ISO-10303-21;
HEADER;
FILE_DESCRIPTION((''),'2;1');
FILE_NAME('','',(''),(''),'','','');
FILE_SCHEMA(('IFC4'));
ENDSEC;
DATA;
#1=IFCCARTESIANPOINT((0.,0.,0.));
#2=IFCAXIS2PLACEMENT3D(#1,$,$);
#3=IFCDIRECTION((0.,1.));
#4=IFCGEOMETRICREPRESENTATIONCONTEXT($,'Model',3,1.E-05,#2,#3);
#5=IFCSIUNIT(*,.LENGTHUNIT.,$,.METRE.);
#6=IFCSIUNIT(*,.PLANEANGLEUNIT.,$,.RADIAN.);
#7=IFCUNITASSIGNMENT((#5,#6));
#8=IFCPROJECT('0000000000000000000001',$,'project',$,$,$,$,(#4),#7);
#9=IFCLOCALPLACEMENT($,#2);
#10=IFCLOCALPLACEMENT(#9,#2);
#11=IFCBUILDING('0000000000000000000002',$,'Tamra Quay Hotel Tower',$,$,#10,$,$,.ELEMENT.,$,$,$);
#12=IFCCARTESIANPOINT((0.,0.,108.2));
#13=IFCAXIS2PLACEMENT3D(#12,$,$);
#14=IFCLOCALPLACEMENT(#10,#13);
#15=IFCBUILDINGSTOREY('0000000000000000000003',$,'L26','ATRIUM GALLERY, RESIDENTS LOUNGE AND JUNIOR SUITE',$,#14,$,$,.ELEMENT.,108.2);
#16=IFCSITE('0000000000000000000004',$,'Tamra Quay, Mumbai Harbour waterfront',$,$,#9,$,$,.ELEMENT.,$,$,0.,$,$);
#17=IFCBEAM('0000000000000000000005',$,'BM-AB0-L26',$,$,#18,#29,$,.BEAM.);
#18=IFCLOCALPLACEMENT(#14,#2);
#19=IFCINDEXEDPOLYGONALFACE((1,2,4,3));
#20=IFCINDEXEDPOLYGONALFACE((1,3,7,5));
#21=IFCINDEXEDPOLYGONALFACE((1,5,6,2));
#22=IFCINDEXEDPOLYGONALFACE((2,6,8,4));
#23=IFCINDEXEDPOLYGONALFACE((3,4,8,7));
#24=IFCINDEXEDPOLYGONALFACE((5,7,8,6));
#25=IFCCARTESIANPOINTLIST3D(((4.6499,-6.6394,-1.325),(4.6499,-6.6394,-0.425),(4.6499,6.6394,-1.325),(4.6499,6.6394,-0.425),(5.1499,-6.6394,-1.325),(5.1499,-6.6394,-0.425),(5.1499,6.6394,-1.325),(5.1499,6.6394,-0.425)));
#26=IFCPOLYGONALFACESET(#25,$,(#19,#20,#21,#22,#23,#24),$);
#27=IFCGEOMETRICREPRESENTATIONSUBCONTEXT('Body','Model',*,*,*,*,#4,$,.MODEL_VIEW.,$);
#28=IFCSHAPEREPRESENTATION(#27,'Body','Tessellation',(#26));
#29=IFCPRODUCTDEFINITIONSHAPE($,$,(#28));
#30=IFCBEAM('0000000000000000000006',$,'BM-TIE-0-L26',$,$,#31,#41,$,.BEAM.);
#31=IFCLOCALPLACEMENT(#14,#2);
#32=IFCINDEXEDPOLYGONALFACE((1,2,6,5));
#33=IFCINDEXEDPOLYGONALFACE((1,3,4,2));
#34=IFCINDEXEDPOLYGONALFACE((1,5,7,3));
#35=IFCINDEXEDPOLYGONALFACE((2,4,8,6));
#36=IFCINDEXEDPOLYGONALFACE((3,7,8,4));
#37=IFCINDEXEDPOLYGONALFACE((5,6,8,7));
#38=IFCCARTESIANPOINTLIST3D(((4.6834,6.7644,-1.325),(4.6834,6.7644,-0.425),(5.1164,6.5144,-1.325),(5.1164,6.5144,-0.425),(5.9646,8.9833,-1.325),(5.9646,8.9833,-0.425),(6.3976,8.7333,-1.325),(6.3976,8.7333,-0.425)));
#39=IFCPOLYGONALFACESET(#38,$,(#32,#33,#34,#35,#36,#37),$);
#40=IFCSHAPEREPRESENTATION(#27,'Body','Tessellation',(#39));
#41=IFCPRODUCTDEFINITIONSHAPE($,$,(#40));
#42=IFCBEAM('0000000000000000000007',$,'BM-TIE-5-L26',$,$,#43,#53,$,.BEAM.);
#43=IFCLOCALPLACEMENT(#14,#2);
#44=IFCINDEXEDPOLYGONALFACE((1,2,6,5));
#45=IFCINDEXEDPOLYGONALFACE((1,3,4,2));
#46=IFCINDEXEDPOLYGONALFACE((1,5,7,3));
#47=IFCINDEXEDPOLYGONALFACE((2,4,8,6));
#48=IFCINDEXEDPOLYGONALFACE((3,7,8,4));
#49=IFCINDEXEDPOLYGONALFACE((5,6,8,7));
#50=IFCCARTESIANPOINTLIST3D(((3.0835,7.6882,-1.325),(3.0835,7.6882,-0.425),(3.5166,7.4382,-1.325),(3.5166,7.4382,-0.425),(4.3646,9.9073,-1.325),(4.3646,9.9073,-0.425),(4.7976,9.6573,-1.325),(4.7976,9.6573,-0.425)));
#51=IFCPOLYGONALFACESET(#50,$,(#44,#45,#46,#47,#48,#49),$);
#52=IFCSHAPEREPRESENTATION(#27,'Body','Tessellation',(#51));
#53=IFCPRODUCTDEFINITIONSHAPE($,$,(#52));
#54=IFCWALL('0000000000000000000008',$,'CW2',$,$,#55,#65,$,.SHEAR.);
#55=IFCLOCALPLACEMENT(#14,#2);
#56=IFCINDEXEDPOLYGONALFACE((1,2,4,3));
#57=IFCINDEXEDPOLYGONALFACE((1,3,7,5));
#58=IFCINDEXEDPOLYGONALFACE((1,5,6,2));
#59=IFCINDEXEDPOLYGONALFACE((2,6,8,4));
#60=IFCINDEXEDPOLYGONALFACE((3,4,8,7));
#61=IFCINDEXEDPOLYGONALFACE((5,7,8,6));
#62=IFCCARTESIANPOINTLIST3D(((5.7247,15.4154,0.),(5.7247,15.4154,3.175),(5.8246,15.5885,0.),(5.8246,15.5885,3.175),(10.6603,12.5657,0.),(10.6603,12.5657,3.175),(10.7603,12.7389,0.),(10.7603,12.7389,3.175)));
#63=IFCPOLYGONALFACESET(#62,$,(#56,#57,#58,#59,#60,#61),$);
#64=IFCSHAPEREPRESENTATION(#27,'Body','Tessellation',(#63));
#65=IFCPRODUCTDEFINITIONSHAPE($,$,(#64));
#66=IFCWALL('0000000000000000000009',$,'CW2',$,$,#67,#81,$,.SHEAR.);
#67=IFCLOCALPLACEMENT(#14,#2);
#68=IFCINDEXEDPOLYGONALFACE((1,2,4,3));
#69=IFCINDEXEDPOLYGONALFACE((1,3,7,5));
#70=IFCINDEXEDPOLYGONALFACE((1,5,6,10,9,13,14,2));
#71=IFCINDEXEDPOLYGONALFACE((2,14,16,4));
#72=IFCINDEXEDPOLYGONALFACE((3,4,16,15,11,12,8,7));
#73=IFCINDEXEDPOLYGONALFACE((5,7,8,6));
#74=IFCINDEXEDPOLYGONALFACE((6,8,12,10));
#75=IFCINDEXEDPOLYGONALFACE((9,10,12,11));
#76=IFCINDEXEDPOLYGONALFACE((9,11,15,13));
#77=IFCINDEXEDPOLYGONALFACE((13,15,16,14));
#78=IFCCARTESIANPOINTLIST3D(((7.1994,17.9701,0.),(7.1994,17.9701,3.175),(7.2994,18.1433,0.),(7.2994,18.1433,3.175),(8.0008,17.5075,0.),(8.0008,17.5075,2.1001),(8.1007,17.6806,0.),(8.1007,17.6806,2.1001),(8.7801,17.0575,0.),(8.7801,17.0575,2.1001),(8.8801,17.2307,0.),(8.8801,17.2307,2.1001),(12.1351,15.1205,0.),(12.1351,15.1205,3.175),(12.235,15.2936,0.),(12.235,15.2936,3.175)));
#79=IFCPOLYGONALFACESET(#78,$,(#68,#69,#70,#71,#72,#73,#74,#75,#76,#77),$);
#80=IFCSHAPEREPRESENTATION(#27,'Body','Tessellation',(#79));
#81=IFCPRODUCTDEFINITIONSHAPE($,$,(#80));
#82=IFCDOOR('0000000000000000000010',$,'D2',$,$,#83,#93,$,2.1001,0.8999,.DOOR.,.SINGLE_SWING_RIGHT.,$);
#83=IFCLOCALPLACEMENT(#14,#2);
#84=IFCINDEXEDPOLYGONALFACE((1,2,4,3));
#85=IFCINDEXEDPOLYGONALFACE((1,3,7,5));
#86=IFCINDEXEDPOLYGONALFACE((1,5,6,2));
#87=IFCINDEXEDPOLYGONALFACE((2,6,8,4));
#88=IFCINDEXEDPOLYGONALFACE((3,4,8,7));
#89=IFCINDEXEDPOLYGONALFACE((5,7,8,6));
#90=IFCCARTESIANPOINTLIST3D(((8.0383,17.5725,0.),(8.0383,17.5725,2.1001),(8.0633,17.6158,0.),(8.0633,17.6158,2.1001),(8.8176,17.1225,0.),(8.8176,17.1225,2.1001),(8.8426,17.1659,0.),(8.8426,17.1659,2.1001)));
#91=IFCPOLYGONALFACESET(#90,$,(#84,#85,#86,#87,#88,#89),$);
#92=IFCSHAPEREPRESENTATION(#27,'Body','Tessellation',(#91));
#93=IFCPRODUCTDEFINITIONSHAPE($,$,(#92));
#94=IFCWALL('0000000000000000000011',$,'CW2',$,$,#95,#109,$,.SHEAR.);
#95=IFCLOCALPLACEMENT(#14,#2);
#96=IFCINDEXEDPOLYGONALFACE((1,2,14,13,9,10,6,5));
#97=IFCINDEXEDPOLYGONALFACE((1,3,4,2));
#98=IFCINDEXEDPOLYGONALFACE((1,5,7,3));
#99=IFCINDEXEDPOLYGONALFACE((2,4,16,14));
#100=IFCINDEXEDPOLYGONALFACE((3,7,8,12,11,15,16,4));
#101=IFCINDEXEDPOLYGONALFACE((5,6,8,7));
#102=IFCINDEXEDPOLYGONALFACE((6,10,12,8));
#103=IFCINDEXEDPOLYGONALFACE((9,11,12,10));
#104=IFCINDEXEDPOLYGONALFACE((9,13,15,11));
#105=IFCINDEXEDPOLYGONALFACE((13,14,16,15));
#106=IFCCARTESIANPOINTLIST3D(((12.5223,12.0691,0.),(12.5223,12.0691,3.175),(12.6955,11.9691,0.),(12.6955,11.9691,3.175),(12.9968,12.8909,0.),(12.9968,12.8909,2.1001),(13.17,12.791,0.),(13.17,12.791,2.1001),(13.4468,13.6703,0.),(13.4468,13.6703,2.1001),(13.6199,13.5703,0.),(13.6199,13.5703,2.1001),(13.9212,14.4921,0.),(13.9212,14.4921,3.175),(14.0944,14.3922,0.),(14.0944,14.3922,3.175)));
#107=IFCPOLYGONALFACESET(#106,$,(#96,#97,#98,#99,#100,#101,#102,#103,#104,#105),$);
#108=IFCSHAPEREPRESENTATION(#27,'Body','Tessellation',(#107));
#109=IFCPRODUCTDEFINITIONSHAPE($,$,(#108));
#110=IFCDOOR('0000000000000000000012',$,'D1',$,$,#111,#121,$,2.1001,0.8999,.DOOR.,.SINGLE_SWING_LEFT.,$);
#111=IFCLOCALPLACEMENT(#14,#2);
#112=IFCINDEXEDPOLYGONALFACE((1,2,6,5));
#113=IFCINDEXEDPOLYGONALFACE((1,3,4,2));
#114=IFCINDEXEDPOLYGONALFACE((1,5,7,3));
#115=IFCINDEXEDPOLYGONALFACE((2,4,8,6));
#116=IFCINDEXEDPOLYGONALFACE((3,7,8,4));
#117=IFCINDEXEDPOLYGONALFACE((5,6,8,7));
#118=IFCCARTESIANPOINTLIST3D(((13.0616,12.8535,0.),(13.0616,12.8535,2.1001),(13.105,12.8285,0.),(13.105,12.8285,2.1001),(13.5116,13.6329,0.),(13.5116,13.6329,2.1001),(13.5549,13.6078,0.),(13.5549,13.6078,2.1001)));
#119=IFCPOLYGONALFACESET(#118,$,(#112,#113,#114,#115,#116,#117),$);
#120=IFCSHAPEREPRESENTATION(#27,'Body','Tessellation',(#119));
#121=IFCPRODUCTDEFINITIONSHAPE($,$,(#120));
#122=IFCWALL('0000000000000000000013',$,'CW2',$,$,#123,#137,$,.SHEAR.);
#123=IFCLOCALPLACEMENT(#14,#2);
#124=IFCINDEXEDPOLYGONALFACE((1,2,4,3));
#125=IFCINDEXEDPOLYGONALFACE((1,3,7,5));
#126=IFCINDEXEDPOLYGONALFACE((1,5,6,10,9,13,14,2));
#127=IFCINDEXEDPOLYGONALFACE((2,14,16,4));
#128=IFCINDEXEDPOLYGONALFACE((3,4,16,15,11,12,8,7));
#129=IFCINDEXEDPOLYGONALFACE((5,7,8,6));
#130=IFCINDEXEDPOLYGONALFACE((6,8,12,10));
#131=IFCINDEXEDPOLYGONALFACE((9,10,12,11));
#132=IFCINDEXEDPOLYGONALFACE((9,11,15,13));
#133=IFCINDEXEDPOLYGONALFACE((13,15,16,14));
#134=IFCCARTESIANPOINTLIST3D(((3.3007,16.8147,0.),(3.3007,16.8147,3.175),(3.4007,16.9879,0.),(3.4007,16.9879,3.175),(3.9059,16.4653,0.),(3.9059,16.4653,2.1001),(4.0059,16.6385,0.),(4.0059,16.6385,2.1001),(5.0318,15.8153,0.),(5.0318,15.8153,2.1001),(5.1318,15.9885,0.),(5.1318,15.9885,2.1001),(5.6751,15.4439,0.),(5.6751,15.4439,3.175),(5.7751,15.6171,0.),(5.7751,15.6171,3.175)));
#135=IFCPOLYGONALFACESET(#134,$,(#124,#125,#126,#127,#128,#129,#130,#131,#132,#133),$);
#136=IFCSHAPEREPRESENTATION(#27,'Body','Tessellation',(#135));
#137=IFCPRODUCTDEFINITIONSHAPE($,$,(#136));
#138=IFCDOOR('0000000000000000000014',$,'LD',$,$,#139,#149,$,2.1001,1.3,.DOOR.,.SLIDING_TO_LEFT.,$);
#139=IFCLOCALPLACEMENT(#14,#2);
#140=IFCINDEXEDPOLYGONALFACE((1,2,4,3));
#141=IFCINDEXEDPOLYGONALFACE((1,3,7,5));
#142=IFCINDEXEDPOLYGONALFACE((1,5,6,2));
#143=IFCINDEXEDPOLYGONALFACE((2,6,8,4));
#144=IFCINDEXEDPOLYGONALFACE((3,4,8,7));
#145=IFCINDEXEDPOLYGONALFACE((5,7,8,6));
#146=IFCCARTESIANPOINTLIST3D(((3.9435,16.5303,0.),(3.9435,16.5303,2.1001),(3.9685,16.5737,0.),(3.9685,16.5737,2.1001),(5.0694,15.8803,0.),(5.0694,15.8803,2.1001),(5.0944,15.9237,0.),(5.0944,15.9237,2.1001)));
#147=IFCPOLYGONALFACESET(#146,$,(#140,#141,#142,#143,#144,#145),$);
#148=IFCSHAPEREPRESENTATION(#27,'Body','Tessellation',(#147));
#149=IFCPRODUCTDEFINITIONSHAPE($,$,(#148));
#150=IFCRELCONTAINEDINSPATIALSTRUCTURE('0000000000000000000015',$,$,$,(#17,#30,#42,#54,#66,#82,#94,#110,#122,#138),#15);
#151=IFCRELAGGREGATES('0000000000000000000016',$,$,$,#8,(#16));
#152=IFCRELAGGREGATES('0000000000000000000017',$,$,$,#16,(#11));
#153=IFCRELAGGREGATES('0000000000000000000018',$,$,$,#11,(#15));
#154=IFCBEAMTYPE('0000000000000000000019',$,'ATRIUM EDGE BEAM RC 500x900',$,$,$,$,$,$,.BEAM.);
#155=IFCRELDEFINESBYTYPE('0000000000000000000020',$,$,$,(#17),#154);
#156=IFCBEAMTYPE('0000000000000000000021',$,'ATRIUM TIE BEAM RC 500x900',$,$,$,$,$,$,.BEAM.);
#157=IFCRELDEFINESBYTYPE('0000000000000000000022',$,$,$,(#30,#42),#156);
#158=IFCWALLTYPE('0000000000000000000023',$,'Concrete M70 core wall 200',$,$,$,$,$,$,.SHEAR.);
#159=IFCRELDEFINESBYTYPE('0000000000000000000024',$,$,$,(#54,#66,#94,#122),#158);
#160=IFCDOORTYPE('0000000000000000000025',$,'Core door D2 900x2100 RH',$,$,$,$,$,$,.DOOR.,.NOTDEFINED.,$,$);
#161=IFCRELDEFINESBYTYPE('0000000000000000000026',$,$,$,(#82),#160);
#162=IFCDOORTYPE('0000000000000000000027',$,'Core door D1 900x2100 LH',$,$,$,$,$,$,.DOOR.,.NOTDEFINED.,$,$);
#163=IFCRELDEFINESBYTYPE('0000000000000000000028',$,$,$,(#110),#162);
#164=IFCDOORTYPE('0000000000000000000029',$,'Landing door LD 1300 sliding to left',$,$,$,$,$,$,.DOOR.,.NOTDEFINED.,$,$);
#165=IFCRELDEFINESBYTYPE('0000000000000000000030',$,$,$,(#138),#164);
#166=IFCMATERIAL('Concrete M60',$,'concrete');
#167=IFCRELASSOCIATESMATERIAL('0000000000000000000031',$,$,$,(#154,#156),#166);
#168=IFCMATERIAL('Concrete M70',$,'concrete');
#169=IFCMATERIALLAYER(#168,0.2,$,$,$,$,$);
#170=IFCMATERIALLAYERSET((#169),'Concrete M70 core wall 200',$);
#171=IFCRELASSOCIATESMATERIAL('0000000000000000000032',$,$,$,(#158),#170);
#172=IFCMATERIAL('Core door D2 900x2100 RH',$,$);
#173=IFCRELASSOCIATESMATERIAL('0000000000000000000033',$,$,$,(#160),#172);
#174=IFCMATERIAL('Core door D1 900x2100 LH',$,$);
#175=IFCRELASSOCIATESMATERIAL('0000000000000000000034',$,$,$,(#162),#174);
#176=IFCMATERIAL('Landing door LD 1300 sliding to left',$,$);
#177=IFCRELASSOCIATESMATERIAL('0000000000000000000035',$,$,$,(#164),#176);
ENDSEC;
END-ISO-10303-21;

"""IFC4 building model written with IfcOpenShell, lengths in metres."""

from ifc_helpers import new_model, si_unit, direction, frame, frame_2d, origin, origin_2d, place, context, subcontext, project, spatial, rectangle, extrude, material, layer, layer_set, material_profile, profile_set, type_object, element, fill, save


model = new_model("IFC4")

# Units and contexts
model_context = context("Model", 3, precision=1e-05, world=origin(), true_north=direction((0.0, 1.0)))
body_context = subcontext(model_context, "Body", "Model", "MODEL_VIEW")
ifc_project = project(units=[si_unit("LENGTHUNIT", "METRE"), si_unit("PLANEANGLEUNIT", "RADIAN")], contexts=[model_context])

# Site, building, storey
site_placement = place(None, origin())
site = spatial("IfcSite", under=ifc_project, at=site_placement, Name="Tamra Quay, Mumbai Harbour waterfront", CompositionType="ELEMENT", RefElevation=0.0)
building_placement = place(site_placement, origin())
building = spatial("IfcBuilding", under=site, at=building_placement, Name="Tamra Quay Hotel Tower", CompositionType="ELEMENT")
storey_placement = place(building_placement, frame((0.0, 0.0, 108.2)))
storey = spatial("IfcBuildingStorey", under=building, at=storey_placement, Name="L26", Description="ATRIUM GALLERY, RESIDENTS LOUNGE AND JUNIOR SUITE", CompositionType="ELEMENT", Elevation=108.2)

# Beams
ifc_material_1 = material(Name="Concrete M60", Category="concrete")
ifc_material_profile_1 = material_profile(ifc_material_1, rectangle(XDim=0.5, YDim=0.8999, at=origin_2d()), Name="ATRIUM EDGE BEAM RC 500x900")
ifc_profile_set_1 = profile_set([ifc_material_profile_1], Name="Concrete M60")
beam_type_1 = type_object("IfcBeamType", Name="ATRIUM EDGE BEAM RC 500x900", PredefinedType="BEAM", material=ifc_profile_set_1)
beam_placement = place(storey_placement, frame((4.8999, 6.6394, -0.875), z_axis=(0.0, -1.0, 0.0), x_axis=(1.0, 0.0, 0.0)))
element("IfcBeam", 1, at=beam_placement, inside=storey, type_object=beam_type_1, Name="BM-AB0-L26", PredefinedType="BEAM", context=body_context, shape_type="SweptSolid", body=[
    extrude(rectangle(XDim=0.5, YDim=0.8999, at=origin_2d()), origin(), (0.0, 0.0, 1.0), 13.2788),
])
ifc_material_profile_2 = material_profile(ifc_material_1, rectangle(XDim=0.5, YDim=0.8999, at=origin_2d()), Name="ATRIUM TIE BEAM RC 500x900")
ifc_profile_set_2 = profile_set([ifc_material_profile_2], Name="Concrete M60")
beam_type_2 = type_object("IfcBeamType", Name="ATRIUM TIE BEAM RC 500x900", PredefinedType="BEAM", material=ifc_profile_set_2)
for number, where, z_axis, x_axis, name in (
    (2, (4.8999, 6.6394, -0.875), (0.500033, 0.866006, 0.0), (-0.866006, 0.500033, 0.0), "BM-TIE-0-L26"),
    (3, (3.3, 7.5632, -0.875), (0.499962, 0.866048, 0.0), (-0.866048, 0.499962, 0.0), "BM-TIE-5-L26"),
):
    element("IfcBeam", number, at=place(storey_placement, frame(where, z_axis=z_axis, x_axis=x_axis)), inside=storey, type_object=beam_type_2, Name=name, PredefinedType="BEAM", context=body_context, shape_type="SweptSolid", body=[
        extrude(rectangle(XDim=0.5, YDim=0.8999, at=origin_2d()), origin(), (0.0, 0.0, 1.0), 2.5623),
    ])

# Wall
ifc_material_2 = material(Name="Concrete M70", Category="concrete")
ifc_layer_1 = layer(ifc_material_2, 0.2)
ifc_layer_set_1 = layer_set([ifc_layer_1], Name="Concrete M70 core wall 200")
wall_type_1 = type_object("IfcWallType", Name="Concrete M70 core wall 200", PredefinedType="SHEAR", material=ifc_layer_set_1)
wall_1_placement = place(storey_placement, frame((5.7747, 15.502, 0.0), z_axis=(0.0, 0.0, 1.0), x_axis=(0.86602, -0.500009, 0.0)))
element("IfcWall", 4, at=wall_1_placement, inside=storey, type_object=wall_type_1, Name="CW2", PredefinedType="SHEAR", context=body_context, shape_type="SweptSolid", body=[
    extrude(rectangle(XDim=5.6992, YDim=0.2, at=frame_2d((2.8496, 0.0))), origin(), (0.0, 0.0, 1.0), 3.175),
])

# Walls, openings, doors
wall_2_placement = place(storey_placement, frame((12.1851, 15.207, 0.0), z_axis=(0.0, 0.0, 1.0), x_axis=(-0.86602, 0.500009, 0.0)))
wall_2 = element("IfcWall", 5, at=wall_2_placement, inside=storey, type_object=wall_type_1, Name="CW2", PredefinedType="SHEAR", context=body_context, shape_type="SweptSolid", body=[
    extrude(rectangle(XDim=5.6992, YDim=0.2, at=frame_2d((2.8496, 0.0))), origin(), (0.0, 0.0, 1.0), 3.175),
])
opening_1_placement = place(wall_2_placement, frame((3.874, 0.0, 0.0)))
opening_1 = element("IfcOpeningElement", 6, at=opening_1_placement, cuts=wall_2, PredefinedType="OPENING", context=body_context, shape_type="SweptSolid", body=[
    extrude(rectangle(XDim=0.8999, YDim=2.1001, at=frame_2d((0.45, 1.05))), frame((0.0, 0.1099, 0.0), z_axis=(0.0, -1.0, 0.0), x_axis=(1.0, 0.0, 0.0)), (0.0, 0.0, 1.0), 0.22),
])
ifc_material_3 = material(Name="Core door D2 900x2100 RH")
door_type_1 = type_object("IfcDoorType", Name="Core door D2 900x2100 RH", OperationType="NOTDEFINED", PredefinedType="DOOR", material=ifc_material_3)
door_1_placement = place(opening_1_placement, origin())
door_1 = element("IfcDoor", 7, at=door_1_placement, inside=storey, type_object=door_type_1, Name="D2", OperationType="SINGLE_SWING_RIGHT", OverallHeight=2.1001, OverallWidth=0.8999, PredefinedType="DOOR", context=body_context, shape_type="SweptSolid", body=[
    extrude(rectangle(XDim=0.8999, YDim=2.1001, at=frame_2d((0.45, 1.05))), frame((0.0, 0.0249, 0.0), z_axis=(0.0, -1.0, 0.0), x_axis=(1.0, 0.0, 0.0)), (0.0, 0.0, 1.0), 0.05),
])
fill(opening_1, door_1)
wall_3_placement = place(storey_placement, frame((14.0078, 14.4421, 0.0), z_axis=(0.0, 0.0, 1.0), x_axis=(-0.499987, -0.866033, 0.0)))
wall_3 = element("IfcWall", 8, at=wall_3_placement, inside=storey, type_object=wall_type_1, Name="CW2", PredefinedType="SHEAR", context=body_context, shape_type="SweptSolid", body=[
    extrude(rectangle(XDim=2.7979, YDim=0.2, at=frame_2d((1.3989, 0.0))), origin(), (0.0, 0.0, 1.0), 3.175),
])
opening_2_placement = place(wall_3_placement, frame((0.949, 0.0, 0.0)))
opening_2 = element("IfcOpeningElement", 9, at=opening_2_placement, cuts=wall_3, PredefinedType="OPENING", context=body_context, shape_type="SweptSolid", body=[
    extrude(rectangle(XDim=0.8999, YDim=2.1001, at=frame_2d((0.45, 1.05))), frame((0.0, 0.1099, 0.0), z_axis=(0.0, -1.0, 0.0), x_axis=(1.0, 0.0, 0.0)), (0.0, 0.0, 1.0), 0.22),
])
ifc_material_4 = material(Name="Core door D1 900x2100 LH")
door_type_2 = type_object("IfcDoorType", Name="Core door D1 900x2100 LH", OperationType="NOTDEFINED", PredefinedType="DOOR", material=ifc_material_4)
door_2_placement = place(opening_2_placement, origin())
door_2 = element("IfcDoor", 10, at=door_2_placement, inside=storey, type_object=door_type_2, Name="D1", OperationType="SINGLE_SWING_LEFT", OverallHeight=2.1001, OverallWidth=0.8999, PredefinedType="DOOR", context=body_context, shape_type="SweptSolid", body=[
    extrude(rectangle(XDim=0.8999, YDim=2.1001, at=frame_2d((0.45, 1.05))), frame((0.0, 0.0249, 0.0), z_axis=(0.0, -1.0, 0.0), x_axis=(1.0, 0.0, 0.0)), (0.0, 0.0, 1.0), 0.05),
])
fill(opening_2, door_2)
wall_4_placement = place(storey_placement, frame((5.7251, 15.5305, 0.0), z_axis=(0.0, 0.0, 1.0), x_axis=(-0.866037, 0.499979, 0.0)))
wall_4 = element("IfcWall", 11, at=wall_4_placement, inside=storey, type_object=wall_type_1, Name="CW2", PredefinedType="SHEAR", context=body_context, shape_type="SweptSolid", body=[
    extrude(rectangle(XDim=2.7417, YDim=0.2, at=frame_2d((1.3708, 0.0))), origin(), (0.0, 0.0, 1.0), 3.175),
])
opening_3_placement = place(wall_4_placement, frame((0.7429, 0.0, 0.0)))
opening_3 = element("IfcOpeningElement", 12, at=opening_3_placement, cuts=wall_4, PredefinedType="OPENING", context=body_context, shape_type="SweptSolid", body=[
    extrude(rectangle(XDim=1.3, YDim=2.1001, at=frame_2d((0.6499, 1.05))), frame((0.0, 0.1099, 0.0), z_axis=(0.0, -1.0, 0.0), x_axis=(1.0, 0.0, 0.0)), (0.0, 0.0, 1.0), 0.22),
])
ifc_material_5 = material(Name="Landing door LD 1300 sliding to left")
door_type_3 = type_object("IfcDoorType", Name="Landing door LD 1300 sliding to left", OperationType="NOTDEFINED", PredefinedType="DOOR", material=ifc_material_5)
door_3_placement = place(opening_3_placement, origin())
door_3 = element("IfcDoor", 13, at=door_3_placement, inside=storey, type_object=door_type_3, Name="LD", OperationType="SLIDING_TO_LEFT", OverallHeight=2.1001, OverallWidth=1.3, PredefinedType="DOOR", context=body_context, shape_type="SweptSolid", body=[
    extrude(rectangle(XDim=1.3, YDim=2.1001, at=frame_2d((0.6499, 1.05))), frame((0.0, 0.0249, 0.0), z_axis=(0.0, -1.0, 0.0), x_axis=(1.0, 0.0, 0.0)), (0.0, 0.0, 1.0), 0.05),
])
fill(opening_3, door_3)

save(model, "model.ifc")
